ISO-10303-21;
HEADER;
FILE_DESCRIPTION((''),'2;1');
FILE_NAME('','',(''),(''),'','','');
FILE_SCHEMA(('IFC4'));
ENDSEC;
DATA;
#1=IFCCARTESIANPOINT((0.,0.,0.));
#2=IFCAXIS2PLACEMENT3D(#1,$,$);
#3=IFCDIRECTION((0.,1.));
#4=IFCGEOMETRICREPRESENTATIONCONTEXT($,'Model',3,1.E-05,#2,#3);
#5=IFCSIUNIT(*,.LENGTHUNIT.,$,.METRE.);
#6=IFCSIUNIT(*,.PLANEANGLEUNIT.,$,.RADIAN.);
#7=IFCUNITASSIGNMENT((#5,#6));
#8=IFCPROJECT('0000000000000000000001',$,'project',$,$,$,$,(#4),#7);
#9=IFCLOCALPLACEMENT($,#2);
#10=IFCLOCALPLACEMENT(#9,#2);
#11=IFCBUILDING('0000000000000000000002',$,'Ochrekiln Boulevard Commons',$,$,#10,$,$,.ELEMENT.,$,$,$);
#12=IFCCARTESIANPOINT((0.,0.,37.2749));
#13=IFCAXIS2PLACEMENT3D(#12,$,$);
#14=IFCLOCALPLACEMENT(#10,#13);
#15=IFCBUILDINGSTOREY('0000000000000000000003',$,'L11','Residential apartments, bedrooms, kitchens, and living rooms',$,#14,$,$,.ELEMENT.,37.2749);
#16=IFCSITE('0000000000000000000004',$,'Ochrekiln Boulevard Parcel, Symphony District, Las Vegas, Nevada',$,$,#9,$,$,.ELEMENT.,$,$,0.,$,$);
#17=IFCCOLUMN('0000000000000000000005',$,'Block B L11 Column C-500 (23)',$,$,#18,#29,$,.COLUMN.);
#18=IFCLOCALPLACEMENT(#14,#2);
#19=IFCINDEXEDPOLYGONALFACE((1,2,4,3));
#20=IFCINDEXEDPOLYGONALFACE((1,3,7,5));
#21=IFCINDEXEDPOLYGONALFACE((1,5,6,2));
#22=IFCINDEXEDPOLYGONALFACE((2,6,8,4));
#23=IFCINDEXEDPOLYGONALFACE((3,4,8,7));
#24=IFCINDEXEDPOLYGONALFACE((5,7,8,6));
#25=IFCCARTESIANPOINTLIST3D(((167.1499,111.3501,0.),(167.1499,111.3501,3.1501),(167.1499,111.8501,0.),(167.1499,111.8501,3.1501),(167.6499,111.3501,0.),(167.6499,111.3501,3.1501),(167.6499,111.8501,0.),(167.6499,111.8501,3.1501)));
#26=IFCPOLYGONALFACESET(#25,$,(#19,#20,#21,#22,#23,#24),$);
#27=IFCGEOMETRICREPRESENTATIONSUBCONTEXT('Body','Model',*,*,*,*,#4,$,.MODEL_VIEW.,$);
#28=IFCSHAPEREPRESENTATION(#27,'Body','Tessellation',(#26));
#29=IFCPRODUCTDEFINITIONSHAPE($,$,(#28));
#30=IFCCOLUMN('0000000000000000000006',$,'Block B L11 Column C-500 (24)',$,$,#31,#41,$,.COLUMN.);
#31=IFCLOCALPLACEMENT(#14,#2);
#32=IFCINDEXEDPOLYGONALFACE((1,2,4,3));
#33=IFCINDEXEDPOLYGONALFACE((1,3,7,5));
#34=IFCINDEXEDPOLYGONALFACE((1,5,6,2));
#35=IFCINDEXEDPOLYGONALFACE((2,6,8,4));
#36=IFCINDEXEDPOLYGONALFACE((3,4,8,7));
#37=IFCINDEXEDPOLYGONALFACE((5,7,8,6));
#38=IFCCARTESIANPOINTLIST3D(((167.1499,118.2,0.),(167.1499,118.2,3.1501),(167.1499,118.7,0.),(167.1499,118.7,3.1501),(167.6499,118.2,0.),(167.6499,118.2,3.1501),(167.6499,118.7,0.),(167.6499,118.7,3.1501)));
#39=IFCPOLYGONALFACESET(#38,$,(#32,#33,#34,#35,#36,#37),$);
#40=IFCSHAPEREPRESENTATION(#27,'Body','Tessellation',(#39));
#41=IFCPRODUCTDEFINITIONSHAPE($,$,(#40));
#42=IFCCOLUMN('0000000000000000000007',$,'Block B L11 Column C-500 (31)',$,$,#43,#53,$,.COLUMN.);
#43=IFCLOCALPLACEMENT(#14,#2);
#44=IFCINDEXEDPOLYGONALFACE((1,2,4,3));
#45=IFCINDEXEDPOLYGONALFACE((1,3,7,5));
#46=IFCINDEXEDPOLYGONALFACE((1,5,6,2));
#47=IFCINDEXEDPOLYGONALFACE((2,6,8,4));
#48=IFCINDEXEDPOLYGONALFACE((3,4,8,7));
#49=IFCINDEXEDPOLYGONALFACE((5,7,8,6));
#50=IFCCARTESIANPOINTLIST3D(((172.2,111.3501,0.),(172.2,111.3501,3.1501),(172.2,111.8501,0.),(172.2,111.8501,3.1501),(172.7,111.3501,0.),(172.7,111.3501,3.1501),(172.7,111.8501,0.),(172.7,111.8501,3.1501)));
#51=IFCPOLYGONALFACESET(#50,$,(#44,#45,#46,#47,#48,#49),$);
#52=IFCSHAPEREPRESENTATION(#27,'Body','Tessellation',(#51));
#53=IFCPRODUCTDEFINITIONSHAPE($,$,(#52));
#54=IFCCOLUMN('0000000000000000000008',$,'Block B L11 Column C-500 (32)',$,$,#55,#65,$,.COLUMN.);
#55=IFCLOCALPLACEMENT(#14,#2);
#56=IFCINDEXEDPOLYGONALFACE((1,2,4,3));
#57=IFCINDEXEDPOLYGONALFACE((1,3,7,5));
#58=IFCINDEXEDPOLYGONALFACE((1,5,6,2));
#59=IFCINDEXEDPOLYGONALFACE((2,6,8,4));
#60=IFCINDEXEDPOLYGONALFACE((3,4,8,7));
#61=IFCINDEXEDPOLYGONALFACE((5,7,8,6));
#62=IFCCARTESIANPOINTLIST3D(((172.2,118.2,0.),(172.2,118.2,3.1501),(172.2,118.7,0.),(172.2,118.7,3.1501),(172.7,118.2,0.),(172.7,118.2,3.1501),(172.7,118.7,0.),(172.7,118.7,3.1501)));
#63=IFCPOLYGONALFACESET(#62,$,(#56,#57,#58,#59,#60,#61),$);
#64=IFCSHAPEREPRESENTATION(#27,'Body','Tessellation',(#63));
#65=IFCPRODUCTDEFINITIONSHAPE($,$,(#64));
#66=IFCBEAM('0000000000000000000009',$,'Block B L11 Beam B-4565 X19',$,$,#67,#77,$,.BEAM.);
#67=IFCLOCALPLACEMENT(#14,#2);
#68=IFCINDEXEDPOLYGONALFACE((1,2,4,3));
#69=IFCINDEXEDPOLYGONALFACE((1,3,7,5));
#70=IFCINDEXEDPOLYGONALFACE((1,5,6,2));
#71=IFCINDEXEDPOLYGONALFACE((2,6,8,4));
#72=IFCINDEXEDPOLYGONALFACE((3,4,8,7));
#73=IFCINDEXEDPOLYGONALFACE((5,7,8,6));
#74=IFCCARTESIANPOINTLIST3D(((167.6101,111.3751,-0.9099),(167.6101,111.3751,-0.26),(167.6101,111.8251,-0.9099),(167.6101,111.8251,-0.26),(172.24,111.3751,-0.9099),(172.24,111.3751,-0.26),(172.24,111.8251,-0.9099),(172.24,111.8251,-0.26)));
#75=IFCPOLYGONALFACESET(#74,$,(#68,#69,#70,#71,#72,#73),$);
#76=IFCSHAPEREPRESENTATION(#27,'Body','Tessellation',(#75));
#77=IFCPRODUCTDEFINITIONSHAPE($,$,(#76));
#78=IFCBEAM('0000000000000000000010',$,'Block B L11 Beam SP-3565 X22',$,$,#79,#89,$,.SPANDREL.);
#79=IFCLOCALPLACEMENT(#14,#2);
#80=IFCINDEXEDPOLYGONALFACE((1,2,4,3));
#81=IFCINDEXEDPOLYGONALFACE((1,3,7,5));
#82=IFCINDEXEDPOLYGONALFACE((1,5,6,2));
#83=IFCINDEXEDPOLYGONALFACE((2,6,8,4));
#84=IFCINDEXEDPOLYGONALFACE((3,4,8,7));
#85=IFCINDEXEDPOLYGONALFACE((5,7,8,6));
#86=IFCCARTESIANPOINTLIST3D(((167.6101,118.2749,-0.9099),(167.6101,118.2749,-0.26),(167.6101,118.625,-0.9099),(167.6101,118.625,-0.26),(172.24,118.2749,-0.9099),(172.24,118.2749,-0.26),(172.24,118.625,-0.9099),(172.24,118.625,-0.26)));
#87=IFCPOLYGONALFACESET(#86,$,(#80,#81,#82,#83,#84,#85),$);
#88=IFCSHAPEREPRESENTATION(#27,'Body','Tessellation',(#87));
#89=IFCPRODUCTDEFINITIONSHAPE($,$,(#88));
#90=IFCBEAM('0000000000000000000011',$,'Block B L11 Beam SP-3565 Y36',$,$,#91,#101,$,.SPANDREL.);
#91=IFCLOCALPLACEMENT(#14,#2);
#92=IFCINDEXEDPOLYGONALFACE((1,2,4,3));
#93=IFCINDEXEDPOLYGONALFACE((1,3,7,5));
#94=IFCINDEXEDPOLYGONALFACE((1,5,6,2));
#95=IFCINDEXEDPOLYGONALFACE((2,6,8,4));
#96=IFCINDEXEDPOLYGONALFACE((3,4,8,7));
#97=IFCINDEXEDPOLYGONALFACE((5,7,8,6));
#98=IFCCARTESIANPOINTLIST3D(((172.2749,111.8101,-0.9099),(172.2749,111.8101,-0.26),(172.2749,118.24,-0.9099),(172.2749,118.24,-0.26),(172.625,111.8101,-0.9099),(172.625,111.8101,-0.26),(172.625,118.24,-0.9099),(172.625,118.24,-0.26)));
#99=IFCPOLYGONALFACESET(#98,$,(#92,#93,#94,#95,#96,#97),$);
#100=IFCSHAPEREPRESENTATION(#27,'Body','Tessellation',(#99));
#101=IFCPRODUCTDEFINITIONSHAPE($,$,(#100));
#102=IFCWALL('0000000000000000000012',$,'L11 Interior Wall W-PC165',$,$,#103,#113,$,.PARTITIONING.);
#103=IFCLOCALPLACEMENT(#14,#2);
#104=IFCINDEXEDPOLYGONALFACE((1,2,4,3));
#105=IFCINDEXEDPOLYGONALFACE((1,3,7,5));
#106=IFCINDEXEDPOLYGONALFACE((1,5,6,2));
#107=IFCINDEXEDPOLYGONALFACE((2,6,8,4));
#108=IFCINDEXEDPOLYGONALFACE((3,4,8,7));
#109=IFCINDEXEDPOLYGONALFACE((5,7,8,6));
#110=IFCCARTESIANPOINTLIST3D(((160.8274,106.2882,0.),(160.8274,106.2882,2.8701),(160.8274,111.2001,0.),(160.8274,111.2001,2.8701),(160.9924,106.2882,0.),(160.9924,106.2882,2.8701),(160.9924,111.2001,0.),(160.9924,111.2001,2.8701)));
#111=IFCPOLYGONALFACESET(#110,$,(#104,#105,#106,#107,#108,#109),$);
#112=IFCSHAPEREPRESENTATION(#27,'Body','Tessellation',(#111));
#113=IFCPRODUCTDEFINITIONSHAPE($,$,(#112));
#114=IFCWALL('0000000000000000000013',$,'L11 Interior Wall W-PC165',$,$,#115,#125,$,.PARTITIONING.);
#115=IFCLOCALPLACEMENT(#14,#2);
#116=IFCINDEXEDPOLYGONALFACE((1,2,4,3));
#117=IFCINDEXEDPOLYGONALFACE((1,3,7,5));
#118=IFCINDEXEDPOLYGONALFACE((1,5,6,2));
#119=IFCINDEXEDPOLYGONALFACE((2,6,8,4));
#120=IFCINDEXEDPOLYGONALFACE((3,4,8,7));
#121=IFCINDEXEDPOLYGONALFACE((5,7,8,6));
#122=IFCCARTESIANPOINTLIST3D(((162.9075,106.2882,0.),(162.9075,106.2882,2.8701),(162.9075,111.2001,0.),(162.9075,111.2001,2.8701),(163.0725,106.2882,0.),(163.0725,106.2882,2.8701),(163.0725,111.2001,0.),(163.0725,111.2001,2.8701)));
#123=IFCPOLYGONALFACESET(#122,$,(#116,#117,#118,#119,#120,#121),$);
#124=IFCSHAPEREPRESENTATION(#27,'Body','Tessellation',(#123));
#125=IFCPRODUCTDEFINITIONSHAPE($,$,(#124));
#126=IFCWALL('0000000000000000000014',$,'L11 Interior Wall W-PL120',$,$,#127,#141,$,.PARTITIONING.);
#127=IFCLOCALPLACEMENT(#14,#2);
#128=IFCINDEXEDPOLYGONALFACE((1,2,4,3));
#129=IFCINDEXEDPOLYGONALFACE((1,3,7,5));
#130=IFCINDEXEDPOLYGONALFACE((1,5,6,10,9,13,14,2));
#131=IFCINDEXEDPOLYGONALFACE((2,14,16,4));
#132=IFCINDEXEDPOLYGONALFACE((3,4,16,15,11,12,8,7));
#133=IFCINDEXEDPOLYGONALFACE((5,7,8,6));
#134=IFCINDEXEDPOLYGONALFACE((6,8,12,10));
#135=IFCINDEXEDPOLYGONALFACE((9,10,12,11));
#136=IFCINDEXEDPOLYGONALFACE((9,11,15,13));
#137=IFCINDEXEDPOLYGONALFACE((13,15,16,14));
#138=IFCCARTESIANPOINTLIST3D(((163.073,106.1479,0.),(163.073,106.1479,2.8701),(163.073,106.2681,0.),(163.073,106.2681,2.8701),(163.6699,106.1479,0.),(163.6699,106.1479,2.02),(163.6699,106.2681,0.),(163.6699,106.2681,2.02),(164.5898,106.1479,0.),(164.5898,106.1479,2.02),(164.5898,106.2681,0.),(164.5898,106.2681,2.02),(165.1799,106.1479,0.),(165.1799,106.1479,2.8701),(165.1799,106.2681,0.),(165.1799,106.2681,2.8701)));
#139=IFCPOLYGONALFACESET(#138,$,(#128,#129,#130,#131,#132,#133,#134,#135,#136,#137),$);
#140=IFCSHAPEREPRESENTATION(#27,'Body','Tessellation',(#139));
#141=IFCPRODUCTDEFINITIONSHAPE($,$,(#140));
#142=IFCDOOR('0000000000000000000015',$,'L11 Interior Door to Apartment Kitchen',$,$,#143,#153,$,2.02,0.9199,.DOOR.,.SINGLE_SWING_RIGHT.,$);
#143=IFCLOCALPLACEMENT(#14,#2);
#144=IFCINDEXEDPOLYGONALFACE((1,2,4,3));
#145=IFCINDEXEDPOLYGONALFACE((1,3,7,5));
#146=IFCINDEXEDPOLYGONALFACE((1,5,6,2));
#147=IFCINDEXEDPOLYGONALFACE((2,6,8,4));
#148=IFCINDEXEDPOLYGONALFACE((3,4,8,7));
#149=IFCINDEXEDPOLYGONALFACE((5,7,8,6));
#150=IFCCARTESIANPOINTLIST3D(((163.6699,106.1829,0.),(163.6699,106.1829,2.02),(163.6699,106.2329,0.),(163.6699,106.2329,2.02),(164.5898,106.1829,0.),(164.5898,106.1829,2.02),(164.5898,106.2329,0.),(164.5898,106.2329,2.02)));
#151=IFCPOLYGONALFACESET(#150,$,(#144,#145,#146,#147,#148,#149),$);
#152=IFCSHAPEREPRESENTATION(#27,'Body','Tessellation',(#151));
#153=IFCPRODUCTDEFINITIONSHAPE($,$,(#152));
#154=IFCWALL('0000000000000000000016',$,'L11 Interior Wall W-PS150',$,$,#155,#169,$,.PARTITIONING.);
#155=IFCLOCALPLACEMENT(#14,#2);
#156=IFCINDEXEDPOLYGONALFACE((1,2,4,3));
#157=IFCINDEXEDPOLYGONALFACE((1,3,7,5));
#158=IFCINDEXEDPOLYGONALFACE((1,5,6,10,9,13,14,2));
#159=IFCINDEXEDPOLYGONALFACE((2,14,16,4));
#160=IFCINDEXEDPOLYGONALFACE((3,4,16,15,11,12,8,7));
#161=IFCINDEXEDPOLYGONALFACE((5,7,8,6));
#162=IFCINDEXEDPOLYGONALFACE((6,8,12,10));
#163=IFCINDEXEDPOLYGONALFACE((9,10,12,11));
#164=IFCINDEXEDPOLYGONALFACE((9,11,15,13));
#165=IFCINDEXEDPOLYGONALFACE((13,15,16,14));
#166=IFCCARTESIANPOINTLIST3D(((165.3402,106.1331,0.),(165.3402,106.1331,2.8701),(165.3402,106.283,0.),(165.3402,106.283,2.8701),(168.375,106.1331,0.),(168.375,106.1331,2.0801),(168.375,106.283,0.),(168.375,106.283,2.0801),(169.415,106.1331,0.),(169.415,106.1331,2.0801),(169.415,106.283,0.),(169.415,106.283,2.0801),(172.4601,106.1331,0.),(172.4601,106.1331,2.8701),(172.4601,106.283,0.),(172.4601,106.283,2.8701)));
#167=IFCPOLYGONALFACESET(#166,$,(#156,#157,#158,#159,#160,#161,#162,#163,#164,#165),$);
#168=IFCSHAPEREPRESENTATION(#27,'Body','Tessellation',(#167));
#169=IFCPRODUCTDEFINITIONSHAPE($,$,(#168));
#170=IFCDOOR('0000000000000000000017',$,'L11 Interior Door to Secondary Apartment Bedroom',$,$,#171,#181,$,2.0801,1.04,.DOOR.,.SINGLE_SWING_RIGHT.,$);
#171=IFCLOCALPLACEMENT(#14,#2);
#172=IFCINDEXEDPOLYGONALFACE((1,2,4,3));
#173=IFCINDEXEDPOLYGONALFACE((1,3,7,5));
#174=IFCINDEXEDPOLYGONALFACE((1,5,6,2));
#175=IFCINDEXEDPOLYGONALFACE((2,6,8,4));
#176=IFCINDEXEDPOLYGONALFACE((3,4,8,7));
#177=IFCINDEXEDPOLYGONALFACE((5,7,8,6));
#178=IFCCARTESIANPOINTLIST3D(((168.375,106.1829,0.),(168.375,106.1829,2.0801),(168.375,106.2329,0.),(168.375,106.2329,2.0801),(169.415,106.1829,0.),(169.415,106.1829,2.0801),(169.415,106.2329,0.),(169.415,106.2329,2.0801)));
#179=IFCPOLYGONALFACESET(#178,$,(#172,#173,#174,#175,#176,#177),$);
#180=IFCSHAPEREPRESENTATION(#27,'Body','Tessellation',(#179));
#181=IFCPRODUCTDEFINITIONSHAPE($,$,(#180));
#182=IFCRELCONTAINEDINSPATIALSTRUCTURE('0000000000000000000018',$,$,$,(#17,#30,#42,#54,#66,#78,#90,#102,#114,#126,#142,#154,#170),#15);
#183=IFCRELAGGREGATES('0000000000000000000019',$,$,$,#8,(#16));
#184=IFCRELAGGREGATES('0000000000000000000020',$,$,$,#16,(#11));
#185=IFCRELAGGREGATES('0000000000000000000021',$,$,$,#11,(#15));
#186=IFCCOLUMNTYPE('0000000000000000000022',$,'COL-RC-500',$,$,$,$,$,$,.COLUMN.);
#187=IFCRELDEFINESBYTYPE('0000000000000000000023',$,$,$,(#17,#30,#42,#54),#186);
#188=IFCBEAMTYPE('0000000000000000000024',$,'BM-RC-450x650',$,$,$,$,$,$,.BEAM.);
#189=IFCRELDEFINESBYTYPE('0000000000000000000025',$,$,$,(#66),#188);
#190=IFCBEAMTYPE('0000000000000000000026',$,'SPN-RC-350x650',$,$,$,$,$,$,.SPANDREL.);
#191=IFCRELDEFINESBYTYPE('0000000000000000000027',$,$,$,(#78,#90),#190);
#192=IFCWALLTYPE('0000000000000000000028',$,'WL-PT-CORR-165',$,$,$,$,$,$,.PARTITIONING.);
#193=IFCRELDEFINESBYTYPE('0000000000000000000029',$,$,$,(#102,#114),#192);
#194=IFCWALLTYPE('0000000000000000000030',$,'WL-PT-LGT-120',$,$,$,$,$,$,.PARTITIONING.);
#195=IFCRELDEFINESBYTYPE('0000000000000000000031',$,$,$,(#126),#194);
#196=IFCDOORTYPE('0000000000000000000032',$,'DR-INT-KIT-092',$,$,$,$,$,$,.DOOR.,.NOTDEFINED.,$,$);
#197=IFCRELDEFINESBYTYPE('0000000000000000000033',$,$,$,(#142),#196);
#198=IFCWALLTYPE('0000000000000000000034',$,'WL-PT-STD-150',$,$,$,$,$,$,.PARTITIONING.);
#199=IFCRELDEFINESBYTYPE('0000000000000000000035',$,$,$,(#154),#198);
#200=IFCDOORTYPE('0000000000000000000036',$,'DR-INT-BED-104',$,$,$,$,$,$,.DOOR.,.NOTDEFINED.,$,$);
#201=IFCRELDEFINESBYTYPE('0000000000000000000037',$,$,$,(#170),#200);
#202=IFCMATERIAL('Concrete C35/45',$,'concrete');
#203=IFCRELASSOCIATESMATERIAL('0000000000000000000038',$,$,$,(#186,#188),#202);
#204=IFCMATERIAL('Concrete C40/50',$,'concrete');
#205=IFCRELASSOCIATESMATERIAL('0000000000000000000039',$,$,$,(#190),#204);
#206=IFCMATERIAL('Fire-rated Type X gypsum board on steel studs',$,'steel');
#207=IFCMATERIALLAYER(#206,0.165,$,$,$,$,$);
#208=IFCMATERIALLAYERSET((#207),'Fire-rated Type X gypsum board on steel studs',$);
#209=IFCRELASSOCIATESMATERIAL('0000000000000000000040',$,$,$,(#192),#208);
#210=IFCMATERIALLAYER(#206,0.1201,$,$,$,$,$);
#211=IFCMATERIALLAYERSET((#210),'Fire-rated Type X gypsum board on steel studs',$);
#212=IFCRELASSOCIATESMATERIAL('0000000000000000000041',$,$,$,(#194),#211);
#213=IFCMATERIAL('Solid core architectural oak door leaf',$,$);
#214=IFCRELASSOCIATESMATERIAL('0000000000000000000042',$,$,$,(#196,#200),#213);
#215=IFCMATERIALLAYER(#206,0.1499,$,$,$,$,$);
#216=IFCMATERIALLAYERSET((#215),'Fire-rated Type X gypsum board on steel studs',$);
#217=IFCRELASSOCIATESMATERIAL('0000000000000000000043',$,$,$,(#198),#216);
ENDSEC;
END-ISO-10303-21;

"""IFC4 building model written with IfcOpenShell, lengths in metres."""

from ifc_helpers import new_model, si_unit, direction, frame, frame_2d, origin, origin_2d, place, context, subcontext, project, spatial, rectangle, extrude, material, layer, layer_set, material_profile, profile_set, type_object, element, fill, save


model = new_model("IFC4")

# Units and contexts
model_context = context("Model", 3, precision=1e-05, world=origin(), true_north=direction((0.0, 1.0)))
body_context = subcontext(model_context, "Body", "Model", "MODEL_VIEW")
ifc_project = project(units=[si_unit("LENGTHUNIT", "METRE"), si_unit("PLANEANGLEUNIT", "RADIAN")], contexts=[model_context])

# Site, building, storey
site_placement = place(None, origin())
site = spatial("IfcSite", under=ifc_project, at=site_placement, Name="Ochrekiln Boulevard Parcel, Symphony District, Las Vegas, Nevada", CompositionType="ELEMENT", RefElevation=0.0)
building_placement = place(site_placement, origin())
building = spatial("IfcBuilding", under=site, at=building_placement, Name="Ochrekiln Boulevard Commons", CompositionType="ELEMENT")
storey_placement = place(building_placement, frame((0.0, 0.0, 37.2749)))
storey = spatial("IfcBuildingStorey", under=building, at=storey_placement, Name="L11", Description="Residential apartments, bedrooms, kitchens, and living rooms", CompositionType="ELEMENT", Elevation=37.2749)

# Columns
ifc_material_1 = material(Name="Concrete C35/45", Category="concrete")
ifc_material_profile_1 = material_profile(ifc_material_1, rectangle(XDim=0.5, YDim=0.5, at=origin_2d()), Name="RC-COL-500x500")
ifc_profile_set_1 = profile_set([ifc_material_profile_1], Name="Concrete C35/45")
column_type = type_object("IfcColumnType", Name="COL-RC-500", PredefinedType="COLUMN", material=ifc_profile_set_1)
for number, where, z_axis, x_axis, name in (
    (1, (167.3999, 111.6001, 0.0), (0.0, 0.0, 1.0), (1.0, 0.0, 0.0), "Block B L11 Column C-500 (23)"),
    (2, (167.3999, 118.45, 0.0), (0.0, 0.0, 1.0), (1.0, 0.0, 0.0), "Block B L11 Column C-500 (24)"),
    (3, (172.45, 111.6001, 0.0), (0.0, 0.0, 1.0), (1.0, 0.0, 0.0), "Block B L11 Column C-500 (31)"),
    (4, (172.45, 118.45, 0.0), (0.0, 0.0, 1.0), (1.0, 0.0, 0.0), "Block B L11 Column C-500 (32)"),
):
    element("IfcColumn", number, at=place(storey_placement, frame(where, z_axis=z_axis, x_axis=x_axis)), inside=storey, type_object=column_type, Name=name, PredefinedType="COLUMN", context=body_context, shape_type="SweptSolid", body=[
        extrude(rectangle(XDim=0.5, YDim=0.5, at=origin_2d()), origin(), (0.0, 0.0, 1.0), 3.1501),
    ])

# Beams
ifc_material_profile_2 = material_profile(ifc_material_1, rectangle(XDim=0.45, YDim=0.6499, at=origin_2d()), Name="RC-BM-450x650")
ifc_profile_set_2 = profile_set([ifc_material_profile_2], Name="Concrete C35/45")
beam_type_1 = type_object("IfcBeamType", Name="BM-RC-450x650", PredefinedType="BEAM", material=ifc_profile_set_2)
beam_1_placement = place(storey_placement, frame((167.6101, 111.6001, -0.585), z_axis=(1.0, 0.0, 0.0), x_axis=(0.0, 1.0, 0.0)))
element("IfcBeam", 5, at=beam_1_placement, inside=storey, type_object=beam_type_1, Name="Block B L11 Beam B-4565 X19", PredefinedType="BEAM", context=body_context, shape_type="SweptSolid", body=[
    extrude(rectangle(XDim=0.45, YDim=0.6499, at=origin_2d()), origin(), (0.0, 0.0, 1.0), 4.6299),
])
ifc_material_2 = material(Name="Concrete C40/50", Category="concrete")
ifc_material_profile_3 = material_profile(ifc_material_2, rectangle(XDim=0.3501, YDim=0.6499, at=origin_2d()), Name="RC-SPN-350x650")
ifc_profile_set_3 = profile_set([ifc_material_profile_3], Name="Concrete C40/50")
beam_type_2 = type_object("IfcBeamType", Name="SPN-RC-350x650", PredefinedType="SPANDREL", material=ifc_profile_set_3)
beam_2_placement = place(storey_placement, frame((167.6101, 118.45, -0.585), z_axis=(1.0, 0.0, 0.0), x_axis=(0.0, 1.0, 0.0)))
element("IfcBeam", 6, at=beam_2_placement, inside=storey, type_object=beam_type_2, Name="Block B L11 Beam SP-3565 X22", PredefinedType="SPANDREL", context=body_context, shape_type="SweptSolid", body=[
    extrude(rectangle(XDim=0.3501, YDim=0.6499, at=origin_2d()), origin(), (0.0, 0.0, 1.0), 4.6299),
])
beam_3_placement = place(storey_placement, frame((172.45, 111.8101, -0.585), z_axis=(0.0, 1.0, 0.0), x_axis=(-1.0, 0.0, 0.0)))
element("IfcBeam", 7, at=beam_3_placement, inside=storey, type_object=beam_type_2, Name="Block B L11 Beam SP-3565 Y36", PredefinedType="SPANDREL", context=body_context, shape_type="SweptSolid", body=[
    extrude(rectangle(XDim=0.3501, YDim=0.6499, at=origin_2d()), origin(), (0.0, 0.0, 1.0), 6.4299),
])

# Walls
ifc_material_3 = material(Name="Fire-rated Type X gypsum board on steel studs", Category="steel")
ifc_layer_1 = layer(ifc_material_3, 0.165)
ifc_layer_set_1 = layer_set([ifc_layer_1], Name="Fire-rated Type X gypsum board on steel studs")
wall_type_1 = type_object("IfcWallType", Name="WL-PT-CORR-165", PredefinedType="PARTITIONING", material=ifc_layer_set_1)
for number, where, z_axis, x_axis, name in (
    (8, (160.9099, 106.2881, 0.0), (0.0, 0.0, 1.0), (0.0, 1.0, 0.0), "L11 Interior Wall W-PC165"),
    (9, (162.99, 106.2881, 0.0), (0.0, 0.0, 1.0), (0.0, 1.0, 0.0), "L11 Interior Wall W-PC165"),
):
    element("IfcWall", number, at=place(storey_placement, frame(where, z_axis=z_axis, x_axis=x_axis)), inside=storey, type_object=wall_type_1, Name=name, PredefinedType="PARTITIONING", context=body_context, shape_type="SweptSolid", body=[
        extrude(rectangle(XDim=4.9119, YDim=0.165, at=frame_2d((2.4561, 0.0))), origin(), (0.0, 0.0, 1.0), 2.8701),
    ])

# Walls, openings, doors
ifc_layer_2 = layer(ifc_material_3, 0.1201)
ifc_layer_set_2 = layer_set([ifc_layer_2], Name="Fire-rated Type X gypsum board on steel studs")
wall_type_2 = type_object("IfcWallType", Name="WL-PT-LGT-120", PredefinedType="PARTITIONING", material=ifc_layer_set_2)
wall_1_placement = place(storey_placement, frame((163.073, 106.208, 0.0), z_axis=(0.0, 0.0, 1.0), x_axis=(1.0, 0.0, 0.0)))
wall_1 = element("IfcWall", 10, at=wall_1_placement, inside=storey, type_object=wall_type_2, Name="L11 Interior Wall W-PL120", PredefinedType="PARTITIONING", context=body_context, shape_type="SweptSolid", body=[
    extrude(rectangle(XDim=2.1069, YDim=0.1201, at=frame_2d((1.0535, 0.0))), origin(), (0.0, 0.0, 1.0), 2.8701),
])
opening_1_placement = place(wall_1_placement, frame((0.5969, 0.0, 0.0)))
opening_1 = element("IfcOpeningElement", 11, at=opening_1_placement, cuts=wall_1, PredefinedType="OPENING", context=body_context, shape_type="SweptSolid", body=[
    extrude(rectangle(XDim=0.9199, YDim=2.02, at=frame_2d((0.46, 1.01))), frame((0.0, 0.0701, 0.0), z_axis=(0.0, -1.0, 0.0), x_axis=(1.0, 0.0, 0.0)), (0.0, 0.0, 1.0), 0.1401),
])
ifc_material_4 = material(Name="Solid core architectural oak door leaf")
door_type_1 = type_object("IfcDoorType", Name="DR-INT-KIT-092", OperationType="NOTDEFINED", PredefinedType="DOOR", material=ifc_material_4)
door_1_placement = place(opening_1_placement, origin())
door_1 = element("IfcDoor", 12, at=door_1_placement, inside=storey, type_object=door_type_1, Name="L11 Interior Door to Apartment Kitchen", OperationType="SINGLE_SWING_RIGHT", OverallHeight=2.02, OverallWidth=0.9199, PredefinedType="DOOR", context=body_context, shape_type="SweptSolid", body=[
    extrude(rectangle(XDim=0.9199, YDim=2.02, at=frame_2d((0.46, 1.01))), frame((0.0, 0.0249, 0.0), z_axis=(0.0, -1.0, 0.0), x_axis=(1.0, 0.0, 0.0)), (0.0, 0.0, 1.0), 0.05),
])
fill(opening_1, door_1)
ifc_layer_3 = layer(ifc_material_3, 0.1499)
ifc_layer_set_3 = layer_set([ifc_layer_3], Name="Fire-rated Type X gypsum board on steel studs")
wall_type_3 = type_object("IfcWallType", Name="WL-PT-STD-150", PredefinedType="PARTITIONING", material=ifc_layer_set_3)
wall_2_placement = place(storey_placement, frame((165.3401, 106.208, 0.0), z_axis=(0.0, 0.0, 1.0), x_axis=(1.0, 0.0, 0.0)))
wall_2 = element("IfcWall", 13, at=wall_2_placement, inside=storey, type_object=wall_type_3, Name="L11 Interior Wall W-PS150", PredefinedType="PARTITIONING", context=body_context, shape_type="SweptSolid", body=[
    extrude(rectangle(XDim=7.1199, YDim=0.1499, at=frame_2d((3.5601, 0.0))), origin(), (0.0, 0.0, 1.0), 2.8701),
])
opening_2_placement = place(wall_2_placement, frame((3.0349, 0.0, 0.0)))
opening_2 = element("IfcOpeningElement", 14, at=opening_2_placement, cuts=wall_2, PredefinedType="OPENING", context=body_context, shape_type="SweptSolid", body=[
    extrude(rectangle(XDim=1.04, YDim=2.0801, at=frame_2d((0.52, 1.04))), frame((0.0, 0.085, 0.0), z_axis=(0.0, -1.0, 0.0), x_axis=(1.0, 0.0, 0.0)), (0.0, 0.0, 1.0), 0.1699),
])
door_type_2 = type_object("IfcDoorType", Name="DR-INT-BED-104", OperationType="NOTDEFINED", PredefinedType="DOOR", material=ifc_material_4)
door_2_placement = place(opening_2_placement, origin())
door_2 = element("IfcDoor", 15, at=door_2_placement, inside=storey, type_object=door_type_2, Name="L11 Interior Door to Secondary Apartment Bedroom", OperationType="SINGLE_SWING_RIGHT", OverallHeight=2.0801, OverallWidth=1.04, PredefinedType="DOOR", context=body_context, shape_type="SweptSolid", body=[
    extrude(rectangle(XDim=1.04, YDim=2.0801, at=frame_2d((0.52, 1.04))), frame((0.0, 0.0249, 0.0), z_axis=(0.0, -1.0, 0.0), x_axis=(1.0, 0.0, 0.0)), (0.0, 0.0, 1.0), 0.05),
])
fill(opening_2, door_2)

save(model, "model.ifc")
